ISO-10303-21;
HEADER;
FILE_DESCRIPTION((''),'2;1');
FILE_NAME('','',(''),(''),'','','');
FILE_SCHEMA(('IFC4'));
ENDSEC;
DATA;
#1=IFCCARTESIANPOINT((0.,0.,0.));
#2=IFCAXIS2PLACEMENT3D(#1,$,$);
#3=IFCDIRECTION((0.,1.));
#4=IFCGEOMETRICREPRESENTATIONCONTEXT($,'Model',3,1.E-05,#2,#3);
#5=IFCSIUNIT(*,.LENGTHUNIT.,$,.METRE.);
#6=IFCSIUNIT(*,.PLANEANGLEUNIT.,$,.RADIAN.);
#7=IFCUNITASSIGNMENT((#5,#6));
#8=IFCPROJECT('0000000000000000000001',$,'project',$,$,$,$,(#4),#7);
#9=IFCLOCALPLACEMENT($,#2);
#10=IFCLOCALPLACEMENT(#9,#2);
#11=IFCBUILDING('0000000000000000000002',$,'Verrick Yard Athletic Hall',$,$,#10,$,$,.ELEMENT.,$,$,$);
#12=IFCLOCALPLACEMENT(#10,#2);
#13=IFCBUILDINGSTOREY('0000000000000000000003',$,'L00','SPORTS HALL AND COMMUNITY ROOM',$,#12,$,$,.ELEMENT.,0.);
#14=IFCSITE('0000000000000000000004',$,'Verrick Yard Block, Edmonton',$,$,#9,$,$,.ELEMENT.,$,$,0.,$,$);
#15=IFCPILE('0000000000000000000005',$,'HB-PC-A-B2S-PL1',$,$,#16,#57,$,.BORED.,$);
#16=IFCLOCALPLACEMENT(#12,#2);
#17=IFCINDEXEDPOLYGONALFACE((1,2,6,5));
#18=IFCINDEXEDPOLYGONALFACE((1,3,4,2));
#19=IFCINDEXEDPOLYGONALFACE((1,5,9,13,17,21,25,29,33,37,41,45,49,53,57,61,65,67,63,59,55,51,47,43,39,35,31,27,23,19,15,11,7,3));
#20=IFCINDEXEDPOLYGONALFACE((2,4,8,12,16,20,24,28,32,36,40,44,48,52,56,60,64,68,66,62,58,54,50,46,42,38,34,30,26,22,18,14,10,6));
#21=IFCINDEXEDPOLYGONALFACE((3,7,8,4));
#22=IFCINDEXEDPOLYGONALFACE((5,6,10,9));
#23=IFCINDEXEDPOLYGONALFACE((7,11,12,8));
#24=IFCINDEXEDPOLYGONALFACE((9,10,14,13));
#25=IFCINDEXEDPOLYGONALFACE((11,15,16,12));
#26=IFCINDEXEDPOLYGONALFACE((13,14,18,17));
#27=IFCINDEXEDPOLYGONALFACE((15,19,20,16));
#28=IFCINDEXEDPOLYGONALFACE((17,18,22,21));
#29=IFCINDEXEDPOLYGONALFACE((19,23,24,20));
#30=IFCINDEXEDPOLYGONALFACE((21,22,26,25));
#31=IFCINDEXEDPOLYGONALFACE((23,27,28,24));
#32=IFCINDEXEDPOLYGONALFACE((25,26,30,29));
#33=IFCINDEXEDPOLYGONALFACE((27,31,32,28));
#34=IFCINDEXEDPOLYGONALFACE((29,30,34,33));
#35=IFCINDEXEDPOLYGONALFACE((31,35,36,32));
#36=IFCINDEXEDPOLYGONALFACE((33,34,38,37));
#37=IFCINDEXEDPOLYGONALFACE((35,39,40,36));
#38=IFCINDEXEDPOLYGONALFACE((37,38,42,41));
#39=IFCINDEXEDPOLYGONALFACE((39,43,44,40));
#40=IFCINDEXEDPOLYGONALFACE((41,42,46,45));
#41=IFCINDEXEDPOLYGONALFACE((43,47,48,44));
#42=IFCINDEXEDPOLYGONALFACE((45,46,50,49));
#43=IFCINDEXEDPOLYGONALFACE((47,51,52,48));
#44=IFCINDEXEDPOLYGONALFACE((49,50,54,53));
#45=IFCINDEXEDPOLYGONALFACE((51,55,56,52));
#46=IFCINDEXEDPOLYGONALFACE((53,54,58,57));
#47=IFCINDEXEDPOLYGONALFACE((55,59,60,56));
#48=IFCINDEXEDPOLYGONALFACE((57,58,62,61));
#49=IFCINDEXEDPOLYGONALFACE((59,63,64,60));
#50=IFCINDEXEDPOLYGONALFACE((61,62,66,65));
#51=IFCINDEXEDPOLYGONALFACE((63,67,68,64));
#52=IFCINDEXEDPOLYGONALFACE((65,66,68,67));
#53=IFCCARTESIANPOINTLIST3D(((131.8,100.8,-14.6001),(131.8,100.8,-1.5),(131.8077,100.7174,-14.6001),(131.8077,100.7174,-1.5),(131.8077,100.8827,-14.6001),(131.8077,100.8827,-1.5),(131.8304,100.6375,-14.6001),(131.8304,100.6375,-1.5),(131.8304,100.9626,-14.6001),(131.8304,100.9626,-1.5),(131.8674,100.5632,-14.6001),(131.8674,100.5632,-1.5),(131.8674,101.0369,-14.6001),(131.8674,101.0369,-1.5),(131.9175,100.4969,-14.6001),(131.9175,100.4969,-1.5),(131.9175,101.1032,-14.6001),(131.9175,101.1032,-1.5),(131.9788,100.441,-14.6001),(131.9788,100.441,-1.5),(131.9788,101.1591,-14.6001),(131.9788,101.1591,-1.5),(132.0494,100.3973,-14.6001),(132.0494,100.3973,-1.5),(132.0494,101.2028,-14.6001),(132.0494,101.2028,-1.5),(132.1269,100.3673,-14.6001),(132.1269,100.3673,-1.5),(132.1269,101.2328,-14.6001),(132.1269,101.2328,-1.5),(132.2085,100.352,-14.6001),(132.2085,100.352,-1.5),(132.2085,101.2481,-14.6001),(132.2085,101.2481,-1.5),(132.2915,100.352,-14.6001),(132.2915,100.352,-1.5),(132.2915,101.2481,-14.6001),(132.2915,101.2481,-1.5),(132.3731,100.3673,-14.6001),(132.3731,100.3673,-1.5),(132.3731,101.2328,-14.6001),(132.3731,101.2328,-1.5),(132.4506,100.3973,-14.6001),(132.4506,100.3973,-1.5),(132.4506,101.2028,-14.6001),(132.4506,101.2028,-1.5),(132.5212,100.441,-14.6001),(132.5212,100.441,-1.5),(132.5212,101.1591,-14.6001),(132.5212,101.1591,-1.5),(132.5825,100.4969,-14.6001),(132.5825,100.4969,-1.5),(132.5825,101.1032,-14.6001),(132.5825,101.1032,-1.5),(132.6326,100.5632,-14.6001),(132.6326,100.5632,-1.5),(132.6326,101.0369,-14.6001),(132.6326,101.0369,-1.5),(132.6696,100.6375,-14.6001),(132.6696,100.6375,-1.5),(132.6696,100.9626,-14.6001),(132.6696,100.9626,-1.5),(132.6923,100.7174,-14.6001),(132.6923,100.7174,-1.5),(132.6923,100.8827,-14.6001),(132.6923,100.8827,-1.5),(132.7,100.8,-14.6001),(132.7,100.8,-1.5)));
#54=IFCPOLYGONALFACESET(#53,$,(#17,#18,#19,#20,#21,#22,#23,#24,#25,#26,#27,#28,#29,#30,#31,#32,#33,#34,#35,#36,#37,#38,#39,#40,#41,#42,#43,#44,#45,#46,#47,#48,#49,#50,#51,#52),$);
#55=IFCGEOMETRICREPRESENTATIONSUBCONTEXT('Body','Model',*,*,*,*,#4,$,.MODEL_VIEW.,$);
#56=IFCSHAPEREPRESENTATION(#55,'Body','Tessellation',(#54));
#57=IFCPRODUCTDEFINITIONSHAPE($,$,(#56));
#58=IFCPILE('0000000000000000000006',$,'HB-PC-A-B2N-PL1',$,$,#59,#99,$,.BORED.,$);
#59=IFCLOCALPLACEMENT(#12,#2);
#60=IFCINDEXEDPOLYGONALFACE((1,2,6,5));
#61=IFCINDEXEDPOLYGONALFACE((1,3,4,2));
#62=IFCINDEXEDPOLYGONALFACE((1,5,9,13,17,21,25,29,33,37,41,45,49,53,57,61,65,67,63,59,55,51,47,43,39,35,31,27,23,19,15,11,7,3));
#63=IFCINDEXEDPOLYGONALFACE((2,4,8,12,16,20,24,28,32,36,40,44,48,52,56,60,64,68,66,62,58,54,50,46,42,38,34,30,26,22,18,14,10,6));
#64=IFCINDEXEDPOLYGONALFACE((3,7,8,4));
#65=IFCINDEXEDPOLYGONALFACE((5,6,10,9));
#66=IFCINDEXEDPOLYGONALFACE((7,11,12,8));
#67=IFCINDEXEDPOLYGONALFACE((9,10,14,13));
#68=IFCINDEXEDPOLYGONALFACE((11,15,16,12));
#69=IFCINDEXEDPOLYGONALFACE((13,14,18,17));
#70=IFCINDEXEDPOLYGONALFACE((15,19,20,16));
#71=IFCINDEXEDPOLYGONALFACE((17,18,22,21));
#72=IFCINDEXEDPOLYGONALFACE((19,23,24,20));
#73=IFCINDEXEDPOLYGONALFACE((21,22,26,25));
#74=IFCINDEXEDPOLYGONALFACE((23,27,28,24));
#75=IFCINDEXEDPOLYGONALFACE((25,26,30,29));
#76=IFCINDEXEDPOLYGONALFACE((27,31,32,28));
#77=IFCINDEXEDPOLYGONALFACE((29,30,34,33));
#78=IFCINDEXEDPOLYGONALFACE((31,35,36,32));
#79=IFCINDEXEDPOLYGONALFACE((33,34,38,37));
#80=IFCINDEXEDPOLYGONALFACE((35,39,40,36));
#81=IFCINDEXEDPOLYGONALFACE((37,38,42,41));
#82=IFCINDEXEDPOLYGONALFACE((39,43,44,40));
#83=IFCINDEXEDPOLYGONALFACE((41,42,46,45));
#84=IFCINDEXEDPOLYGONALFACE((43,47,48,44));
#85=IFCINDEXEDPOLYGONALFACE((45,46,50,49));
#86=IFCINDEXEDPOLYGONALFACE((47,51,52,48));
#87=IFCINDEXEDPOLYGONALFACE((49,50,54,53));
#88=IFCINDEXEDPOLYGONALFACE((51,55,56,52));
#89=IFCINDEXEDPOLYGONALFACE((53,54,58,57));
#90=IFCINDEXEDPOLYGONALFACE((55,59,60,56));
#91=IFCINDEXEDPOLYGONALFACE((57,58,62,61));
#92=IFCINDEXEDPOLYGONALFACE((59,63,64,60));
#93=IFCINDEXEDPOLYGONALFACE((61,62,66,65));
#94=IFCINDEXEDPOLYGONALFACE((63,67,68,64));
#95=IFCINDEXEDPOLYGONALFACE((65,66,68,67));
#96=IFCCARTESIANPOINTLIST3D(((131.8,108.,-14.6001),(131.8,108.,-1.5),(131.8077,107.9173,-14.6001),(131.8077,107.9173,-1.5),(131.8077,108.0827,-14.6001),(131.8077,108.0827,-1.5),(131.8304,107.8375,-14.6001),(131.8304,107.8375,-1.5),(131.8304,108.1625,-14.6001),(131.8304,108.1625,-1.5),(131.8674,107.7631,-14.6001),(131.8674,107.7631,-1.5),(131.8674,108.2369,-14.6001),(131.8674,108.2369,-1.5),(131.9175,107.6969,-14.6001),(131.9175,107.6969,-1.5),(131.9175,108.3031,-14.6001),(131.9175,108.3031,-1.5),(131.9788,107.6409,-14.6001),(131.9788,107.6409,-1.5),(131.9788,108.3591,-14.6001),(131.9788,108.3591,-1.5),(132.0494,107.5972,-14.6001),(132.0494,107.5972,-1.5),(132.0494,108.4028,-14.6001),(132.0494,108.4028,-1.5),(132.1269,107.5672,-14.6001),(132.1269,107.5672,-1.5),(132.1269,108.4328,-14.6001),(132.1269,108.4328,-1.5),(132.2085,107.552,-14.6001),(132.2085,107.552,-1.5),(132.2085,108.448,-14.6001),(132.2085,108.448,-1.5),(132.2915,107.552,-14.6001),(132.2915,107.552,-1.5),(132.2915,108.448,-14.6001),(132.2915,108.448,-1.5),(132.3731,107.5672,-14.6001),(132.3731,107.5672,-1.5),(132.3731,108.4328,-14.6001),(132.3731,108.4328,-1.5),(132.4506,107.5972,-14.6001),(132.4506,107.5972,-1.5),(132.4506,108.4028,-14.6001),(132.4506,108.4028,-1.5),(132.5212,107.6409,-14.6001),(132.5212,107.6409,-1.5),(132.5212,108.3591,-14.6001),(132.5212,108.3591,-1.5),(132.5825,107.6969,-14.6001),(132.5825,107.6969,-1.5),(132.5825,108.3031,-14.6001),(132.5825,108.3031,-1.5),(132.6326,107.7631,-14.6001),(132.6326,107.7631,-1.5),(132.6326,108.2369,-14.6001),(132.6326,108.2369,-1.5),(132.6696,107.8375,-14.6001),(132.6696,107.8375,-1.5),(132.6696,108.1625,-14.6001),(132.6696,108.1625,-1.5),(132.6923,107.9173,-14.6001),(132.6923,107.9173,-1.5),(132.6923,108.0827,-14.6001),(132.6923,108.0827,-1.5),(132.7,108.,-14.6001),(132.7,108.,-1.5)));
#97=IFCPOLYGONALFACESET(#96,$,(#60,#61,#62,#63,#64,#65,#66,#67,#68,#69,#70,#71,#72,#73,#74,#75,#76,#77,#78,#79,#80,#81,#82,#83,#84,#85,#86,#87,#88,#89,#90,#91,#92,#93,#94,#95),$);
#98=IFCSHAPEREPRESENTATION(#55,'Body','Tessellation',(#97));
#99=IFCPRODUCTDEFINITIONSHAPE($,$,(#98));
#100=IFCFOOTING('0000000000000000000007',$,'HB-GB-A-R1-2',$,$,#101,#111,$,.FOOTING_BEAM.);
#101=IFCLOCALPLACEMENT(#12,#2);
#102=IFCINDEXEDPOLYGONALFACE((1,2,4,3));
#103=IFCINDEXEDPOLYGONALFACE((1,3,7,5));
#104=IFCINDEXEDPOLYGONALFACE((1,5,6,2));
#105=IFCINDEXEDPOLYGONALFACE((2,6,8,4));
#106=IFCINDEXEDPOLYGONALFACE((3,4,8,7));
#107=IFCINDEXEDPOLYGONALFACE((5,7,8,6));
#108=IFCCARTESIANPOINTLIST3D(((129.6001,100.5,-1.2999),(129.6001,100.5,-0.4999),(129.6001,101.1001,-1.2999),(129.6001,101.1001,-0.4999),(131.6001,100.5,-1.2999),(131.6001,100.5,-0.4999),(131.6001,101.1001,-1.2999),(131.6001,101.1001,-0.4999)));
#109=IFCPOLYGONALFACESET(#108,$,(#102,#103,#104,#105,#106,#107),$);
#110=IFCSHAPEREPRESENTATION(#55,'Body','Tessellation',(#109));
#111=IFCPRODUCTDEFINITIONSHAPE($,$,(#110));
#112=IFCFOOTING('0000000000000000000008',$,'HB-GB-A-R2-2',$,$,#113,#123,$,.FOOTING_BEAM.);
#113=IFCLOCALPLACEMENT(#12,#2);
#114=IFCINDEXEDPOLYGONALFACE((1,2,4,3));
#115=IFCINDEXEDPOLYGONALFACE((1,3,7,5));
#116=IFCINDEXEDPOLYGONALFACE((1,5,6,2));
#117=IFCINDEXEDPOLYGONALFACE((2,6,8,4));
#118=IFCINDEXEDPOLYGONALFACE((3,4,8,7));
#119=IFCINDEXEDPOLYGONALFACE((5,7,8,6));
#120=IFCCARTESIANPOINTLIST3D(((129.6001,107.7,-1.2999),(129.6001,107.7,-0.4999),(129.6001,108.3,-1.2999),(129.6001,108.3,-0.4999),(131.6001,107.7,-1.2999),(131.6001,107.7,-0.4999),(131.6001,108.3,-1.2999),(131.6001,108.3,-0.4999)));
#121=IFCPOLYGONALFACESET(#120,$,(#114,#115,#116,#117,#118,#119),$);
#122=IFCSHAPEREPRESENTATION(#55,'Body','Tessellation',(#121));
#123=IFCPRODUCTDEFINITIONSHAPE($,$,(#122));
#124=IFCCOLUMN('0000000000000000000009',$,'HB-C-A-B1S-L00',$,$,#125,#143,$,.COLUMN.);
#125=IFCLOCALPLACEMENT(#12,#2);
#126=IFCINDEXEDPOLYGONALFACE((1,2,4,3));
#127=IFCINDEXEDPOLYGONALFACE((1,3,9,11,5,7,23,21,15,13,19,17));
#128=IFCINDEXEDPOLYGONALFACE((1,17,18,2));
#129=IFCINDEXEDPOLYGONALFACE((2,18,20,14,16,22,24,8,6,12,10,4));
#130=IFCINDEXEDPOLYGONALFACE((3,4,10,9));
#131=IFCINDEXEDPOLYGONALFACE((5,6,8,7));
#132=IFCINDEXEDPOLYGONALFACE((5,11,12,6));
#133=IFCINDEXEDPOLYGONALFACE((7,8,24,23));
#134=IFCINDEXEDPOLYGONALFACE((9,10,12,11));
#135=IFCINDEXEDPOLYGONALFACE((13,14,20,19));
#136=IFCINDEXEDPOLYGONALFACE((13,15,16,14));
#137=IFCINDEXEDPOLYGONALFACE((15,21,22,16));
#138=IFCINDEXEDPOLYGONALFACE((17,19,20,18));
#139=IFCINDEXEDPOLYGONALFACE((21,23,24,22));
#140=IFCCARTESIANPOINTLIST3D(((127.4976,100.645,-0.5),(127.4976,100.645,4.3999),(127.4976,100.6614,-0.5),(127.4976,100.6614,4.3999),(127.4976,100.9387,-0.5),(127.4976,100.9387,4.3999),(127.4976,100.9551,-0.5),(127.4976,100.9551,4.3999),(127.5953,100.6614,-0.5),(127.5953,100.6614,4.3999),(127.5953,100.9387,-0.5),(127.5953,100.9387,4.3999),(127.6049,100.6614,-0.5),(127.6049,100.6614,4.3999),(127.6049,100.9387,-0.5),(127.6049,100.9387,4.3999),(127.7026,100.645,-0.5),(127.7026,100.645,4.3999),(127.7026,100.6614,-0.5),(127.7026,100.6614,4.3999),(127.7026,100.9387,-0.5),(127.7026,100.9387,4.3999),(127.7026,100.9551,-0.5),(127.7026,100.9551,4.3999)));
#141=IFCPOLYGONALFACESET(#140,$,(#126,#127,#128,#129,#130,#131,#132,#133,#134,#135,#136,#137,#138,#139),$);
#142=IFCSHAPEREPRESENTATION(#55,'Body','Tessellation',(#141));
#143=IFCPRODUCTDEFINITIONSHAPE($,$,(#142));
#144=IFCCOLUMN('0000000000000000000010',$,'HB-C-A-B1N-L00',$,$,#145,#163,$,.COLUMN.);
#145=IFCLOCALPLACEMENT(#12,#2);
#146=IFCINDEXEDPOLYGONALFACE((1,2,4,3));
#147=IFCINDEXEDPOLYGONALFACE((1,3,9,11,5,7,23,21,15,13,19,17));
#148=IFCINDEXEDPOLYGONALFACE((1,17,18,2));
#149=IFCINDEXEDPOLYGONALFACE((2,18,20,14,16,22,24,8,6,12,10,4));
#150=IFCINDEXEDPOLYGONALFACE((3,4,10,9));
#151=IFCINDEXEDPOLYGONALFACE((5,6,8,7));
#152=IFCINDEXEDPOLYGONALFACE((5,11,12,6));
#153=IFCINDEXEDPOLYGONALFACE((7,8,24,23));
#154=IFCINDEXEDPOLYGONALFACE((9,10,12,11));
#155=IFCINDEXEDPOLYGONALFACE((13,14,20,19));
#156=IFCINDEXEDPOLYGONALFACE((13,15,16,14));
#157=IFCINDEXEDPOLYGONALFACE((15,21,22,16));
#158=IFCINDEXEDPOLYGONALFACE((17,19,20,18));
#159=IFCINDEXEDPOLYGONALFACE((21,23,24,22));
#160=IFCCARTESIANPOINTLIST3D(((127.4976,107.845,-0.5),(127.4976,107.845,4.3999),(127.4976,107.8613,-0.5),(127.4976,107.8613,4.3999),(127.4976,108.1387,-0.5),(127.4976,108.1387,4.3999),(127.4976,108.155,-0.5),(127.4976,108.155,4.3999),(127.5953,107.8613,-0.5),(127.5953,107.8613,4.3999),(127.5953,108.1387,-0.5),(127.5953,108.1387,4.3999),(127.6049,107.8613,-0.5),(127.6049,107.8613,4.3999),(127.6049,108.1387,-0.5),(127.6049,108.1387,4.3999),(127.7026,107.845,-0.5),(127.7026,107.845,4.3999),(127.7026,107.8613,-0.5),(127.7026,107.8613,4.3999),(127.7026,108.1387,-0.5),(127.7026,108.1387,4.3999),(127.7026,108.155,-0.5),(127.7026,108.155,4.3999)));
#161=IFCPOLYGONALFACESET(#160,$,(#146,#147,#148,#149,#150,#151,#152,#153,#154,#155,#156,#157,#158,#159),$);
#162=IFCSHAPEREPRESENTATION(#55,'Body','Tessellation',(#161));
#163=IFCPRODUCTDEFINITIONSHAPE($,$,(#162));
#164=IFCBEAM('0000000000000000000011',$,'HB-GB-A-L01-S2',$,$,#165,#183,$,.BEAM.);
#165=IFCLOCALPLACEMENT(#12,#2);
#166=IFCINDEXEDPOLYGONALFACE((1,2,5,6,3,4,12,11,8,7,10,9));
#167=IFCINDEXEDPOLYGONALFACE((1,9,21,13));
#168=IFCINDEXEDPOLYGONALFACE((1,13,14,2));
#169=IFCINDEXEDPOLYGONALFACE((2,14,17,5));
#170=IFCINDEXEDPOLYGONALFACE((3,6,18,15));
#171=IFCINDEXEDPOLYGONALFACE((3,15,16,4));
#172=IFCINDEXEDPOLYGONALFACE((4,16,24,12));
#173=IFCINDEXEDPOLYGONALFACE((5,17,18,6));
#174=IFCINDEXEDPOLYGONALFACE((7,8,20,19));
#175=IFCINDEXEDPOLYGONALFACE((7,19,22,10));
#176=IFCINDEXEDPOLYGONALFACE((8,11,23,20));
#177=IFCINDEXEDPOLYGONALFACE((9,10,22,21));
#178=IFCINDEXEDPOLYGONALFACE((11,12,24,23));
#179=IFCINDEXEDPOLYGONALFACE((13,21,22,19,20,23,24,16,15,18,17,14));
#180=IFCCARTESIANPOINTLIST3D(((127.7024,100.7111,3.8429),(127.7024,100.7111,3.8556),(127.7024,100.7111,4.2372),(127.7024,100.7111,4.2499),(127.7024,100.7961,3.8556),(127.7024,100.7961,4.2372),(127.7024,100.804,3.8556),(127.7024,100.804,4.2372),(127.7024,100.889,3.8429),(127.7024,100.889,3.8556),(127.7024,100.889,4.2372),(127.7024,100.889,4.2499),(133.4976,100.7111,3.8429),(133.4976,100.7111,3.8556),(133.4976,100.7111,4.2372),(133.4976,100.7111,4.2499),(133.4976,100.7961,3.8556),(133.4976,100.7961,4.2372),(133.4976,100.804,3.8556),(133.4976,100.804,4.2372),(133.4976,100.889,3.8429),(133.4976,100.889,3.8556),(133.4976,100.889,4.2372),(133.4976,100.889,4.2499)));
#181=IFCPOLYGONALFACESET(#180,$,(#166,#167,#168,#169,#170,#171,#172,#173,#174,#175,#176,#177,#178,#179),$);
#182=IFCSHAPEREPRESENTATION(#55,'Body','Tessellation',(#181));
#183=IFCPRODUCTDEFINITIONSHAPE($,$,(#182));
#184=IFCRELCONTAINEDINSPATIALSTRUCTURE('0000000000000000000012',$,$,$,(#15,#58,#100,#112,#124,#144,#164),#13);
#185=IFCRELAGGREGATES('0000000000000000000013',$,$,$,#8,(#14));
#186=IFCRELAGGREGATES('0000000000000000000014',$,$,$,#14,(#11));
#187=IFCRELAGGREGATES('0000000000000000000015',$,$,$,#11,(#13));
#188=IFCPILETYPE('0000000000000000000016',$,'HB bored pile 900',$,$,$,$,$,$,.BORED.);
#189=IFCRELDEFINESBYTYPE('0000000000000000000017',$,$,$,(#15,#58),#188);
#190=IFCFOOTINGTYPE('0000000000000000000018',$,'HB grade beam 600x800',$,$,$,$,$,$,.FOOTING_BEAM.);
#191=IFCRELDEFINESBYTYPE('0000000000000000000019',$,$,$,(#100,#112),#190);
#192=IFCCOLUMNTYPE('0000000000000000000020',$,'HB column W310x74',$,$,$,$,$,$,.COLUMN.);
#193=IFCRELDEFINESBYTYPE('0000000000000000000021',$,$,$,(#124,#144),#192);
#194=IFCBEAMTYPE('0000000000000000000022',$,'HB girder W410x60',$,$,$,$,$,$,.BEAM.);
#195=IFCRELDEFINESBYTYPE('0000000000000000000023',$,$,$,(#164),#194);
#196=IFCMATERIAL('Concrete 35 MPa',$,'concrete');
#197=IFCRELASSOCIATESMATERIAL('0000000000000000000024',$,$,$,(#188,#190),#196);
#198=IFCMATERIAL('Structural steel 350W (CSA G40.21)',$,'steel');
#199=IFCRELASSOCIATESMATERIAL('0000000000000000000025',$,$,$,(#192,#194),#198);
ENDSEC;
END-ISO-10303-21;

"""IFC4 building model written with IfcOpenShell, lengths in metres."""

from ifc_helpers import new_model, si_unit, direction, frame, origin, origin_2d, place, context, subcontext, project, spatial, rectangle, circle, i_section, extrude, material, material_profile, profile_set, type_object, element, save


model = new_model("IFC4")

# Units and contexts
model_context = context("Model", 3, precision=1e-05, world=origin(), true_north=direction((0.0, 1.0)))
body_context = subcontext(model_context, "Body", "Model", "MODEL_VIEW")
ifc_project = project(units=[si_unit("LENGTHUNIT", "METRE"), si_unit("PLANEANGLEUNIT", "RADIAN")], contexts=[model_context])

# Site, building, storey
site_placement = place(None, origin())
site = spatial("IfcSite", under=ifc_project, at=site_placement, Name="Verrick Yard Block, Edmonton", CompositionType="ELEMENT", RefElevation=0.0)
building_placement = place(site_placement, origin())
building = spatial("IfcBuilding", under=site, at=building_placement, Name="Verrick Yard Athletic Hall", CompositionType="ELEMENT")
storey_placement = place(building_placement, origin())
storey = spatial("IfcBuildingStorey", under=building, at=storey_placement, Name="L00", Description="SPORTS HALL AND COMMUNITY ROOM", CompositionType="ELEMENT", Elevation=0.0)

# Piles
ifc_material_1 = material(Name="Concrete 35 MPa", Category="concrete")
ifc_material_profile_1 = material_profile(ifc_material_1, circle(Radius=0.45, at=origin_2d()), Name="Bored pile 900")
ifc_profile_set_1 = profile_set([ifc_material_profile_1], Name="Concrete 35 MPa")
pile_type = type_object("IfcPileType", Name="HB bored pile 900", PredefinedType="BORED", material=ifc_profile_set_1)
for number, where, z_axis, x_axis, name in (
    (1, (132.25, 100.8, -1.5), (0.0, 0.0, -1.0), (1.0, 0.0, 0.0), "HB-PC-A-B2S-PL1"),
    (2, (132.25, 108.0, -1.5), (0.0, 0.0, -1.0), (1.0, 0.0, 0.0), "HB-PC-A-B2N-PL1"),
):
    element("IfcPile", number, at=place(storey_placement, frame(where, z_axis=z_axis, x_axis=x_axis)), inside=storey, type_object=pile_type, Name=name, PredefinedType="BORED", context=body_context, shape_type="SweptSolid", body=[
        extrude(circle(Radius=0.45, at=origin_2d()), origin(), (0.0, 0.0, 1.0), 13.1001),
    ])

# Footings
ifc_material_profile_2 = material_profile(ifc_material_1, rectangle(XDim=0.6001, YDim=0.8, at=origin_2d()), Name="Grade beam 600x800")
ifc_profile_set_2 = profile_set([ifc_material_profile_2], Name="Concrete 35 MPa")
footing_type = type_object("IfcFootingType", Name="HB grade beam 600x800", PredefinedType="FOOTING_BEAM", material=ifc_profile_set_2)
for number, where, z_axis, x_axis, name in (
    (3, (129.6001, 100.8, -0.8999), (1.0, 0.0, 0.0), (0.0, 1.0, 0.0), "HB-GB-A-R1-2"),
    (4, (129.6001, 108.0, -0.8999), (1.0, 0.0, 0.0), (0.0, 1.0, 0.0), "HB-GB-A-R2-2"),
):
    element("IfcFooting", number, at=place(storey_placement, frame(where, z_axis=z_axis, x_axis=x_axis)), inside=storey, type_object=footing_type, Name=name, PredefinedType="FOOTING_BEAM", context=body_context, shape_type="SweptSolid", body=[
        extrude(rectangle(XDim=0.6001, YDim=0.8, at=origin_2d()), origin(), (0.0, 0.0, 1.0), 2.0),
    ])

# Columns
ifc_material_2 = material(Name="Structural steel 350W (CSA G40.21)", Category="steel")
ifc_material_profile_3 = material_profile(ifc_material_2, i_section(OverallWidth=0.2051, OverallDepth=0.3101, WebThickness=0.0095, FlangeThickness=0.0164, at=origin_2d()), Name="W310x74")
ifc_profile_set_3 = profile_set([ifc_material_profile_3], Name="Structural steel 350W (CSA G40.21)")
column_type = type_object("IfcColumnType", Name="HB column W310x74", PredefinedType="COLUMN", material=ifc_profile_set_3)
for number, where, z_axis, x_axis, name in (
    (5, (127.6001, 100.8, -0.5), (0.0, 0.0, 1.0), (1.0, 0.0, 0.0), "HB-C-A-B1S-L00"),
    (6, (127.6001, 108.0, -0.5), (0.0, 0.0, 1.0), (1.0, 0.0, 0.0), "HB-C-A-B1N-L00"),
):
    element("IfcColumn", number, at=place(storey_placement, frame(where, z_axis=z_axis, x_axis=x_axis)), inside=storey, type_object=column_type, Name=name, PredefinedType="COLUMN", context=body_context, shape_type="SweptSolid", body=[
        extrude(i_section(OverallWidth=0.2051, OverallDepth=0.3101, WebThickness=0.0095, FlangeThickness=0.0164, at=origin_2d()), origin(), (0.0, 0.0, 1.0), 4.8999),
    ])

# Beam
ifc_material_profile_4 = material_profile(ifc_material_2, i_section(OverallWidth=0.178, OverallDepth=0.407, WebThickness=0.0078, FlangeThickness=0.0127, at=origin_2d()), Name="W410x60")
ifc_profile_set_4 = profile_set([ifc_material_profile_4], Name="Structural steel 350W (CSA G40.21)")
beam_type_1 = type_object("IfcBeamType", Name="HB girder W410x60", PredefinedType="BEAM", material=ifc_profile_set_4)
for number, where, z_axis, x_axis, name in (
    (7, (127.7024, 100.8, 4.0464), (1.0, 0.0, 0.0), (0.0, 1.0, 0.0), "HB-GB-A-L01-S2"),
):
    element("IfcBeam", number, at=place(storey_placement, frame(where, z_axis=z_axis, x_axis=x_axis)), inside=storey, type_object=beam_type_1, Name=name, PredefinedType="BEAM", context=body_context, shape_type="SweptSolid", body=[
        extrude(i_section(OverallWidth=0.178, OverallDepth=0.407, WebThickness=0.0078, FlangeThickness=0.0127, at=origin_2d()), origin(), (0.0, 0.0, 1.0), 5.7952),
    ])

save(model, "model.ifc")
